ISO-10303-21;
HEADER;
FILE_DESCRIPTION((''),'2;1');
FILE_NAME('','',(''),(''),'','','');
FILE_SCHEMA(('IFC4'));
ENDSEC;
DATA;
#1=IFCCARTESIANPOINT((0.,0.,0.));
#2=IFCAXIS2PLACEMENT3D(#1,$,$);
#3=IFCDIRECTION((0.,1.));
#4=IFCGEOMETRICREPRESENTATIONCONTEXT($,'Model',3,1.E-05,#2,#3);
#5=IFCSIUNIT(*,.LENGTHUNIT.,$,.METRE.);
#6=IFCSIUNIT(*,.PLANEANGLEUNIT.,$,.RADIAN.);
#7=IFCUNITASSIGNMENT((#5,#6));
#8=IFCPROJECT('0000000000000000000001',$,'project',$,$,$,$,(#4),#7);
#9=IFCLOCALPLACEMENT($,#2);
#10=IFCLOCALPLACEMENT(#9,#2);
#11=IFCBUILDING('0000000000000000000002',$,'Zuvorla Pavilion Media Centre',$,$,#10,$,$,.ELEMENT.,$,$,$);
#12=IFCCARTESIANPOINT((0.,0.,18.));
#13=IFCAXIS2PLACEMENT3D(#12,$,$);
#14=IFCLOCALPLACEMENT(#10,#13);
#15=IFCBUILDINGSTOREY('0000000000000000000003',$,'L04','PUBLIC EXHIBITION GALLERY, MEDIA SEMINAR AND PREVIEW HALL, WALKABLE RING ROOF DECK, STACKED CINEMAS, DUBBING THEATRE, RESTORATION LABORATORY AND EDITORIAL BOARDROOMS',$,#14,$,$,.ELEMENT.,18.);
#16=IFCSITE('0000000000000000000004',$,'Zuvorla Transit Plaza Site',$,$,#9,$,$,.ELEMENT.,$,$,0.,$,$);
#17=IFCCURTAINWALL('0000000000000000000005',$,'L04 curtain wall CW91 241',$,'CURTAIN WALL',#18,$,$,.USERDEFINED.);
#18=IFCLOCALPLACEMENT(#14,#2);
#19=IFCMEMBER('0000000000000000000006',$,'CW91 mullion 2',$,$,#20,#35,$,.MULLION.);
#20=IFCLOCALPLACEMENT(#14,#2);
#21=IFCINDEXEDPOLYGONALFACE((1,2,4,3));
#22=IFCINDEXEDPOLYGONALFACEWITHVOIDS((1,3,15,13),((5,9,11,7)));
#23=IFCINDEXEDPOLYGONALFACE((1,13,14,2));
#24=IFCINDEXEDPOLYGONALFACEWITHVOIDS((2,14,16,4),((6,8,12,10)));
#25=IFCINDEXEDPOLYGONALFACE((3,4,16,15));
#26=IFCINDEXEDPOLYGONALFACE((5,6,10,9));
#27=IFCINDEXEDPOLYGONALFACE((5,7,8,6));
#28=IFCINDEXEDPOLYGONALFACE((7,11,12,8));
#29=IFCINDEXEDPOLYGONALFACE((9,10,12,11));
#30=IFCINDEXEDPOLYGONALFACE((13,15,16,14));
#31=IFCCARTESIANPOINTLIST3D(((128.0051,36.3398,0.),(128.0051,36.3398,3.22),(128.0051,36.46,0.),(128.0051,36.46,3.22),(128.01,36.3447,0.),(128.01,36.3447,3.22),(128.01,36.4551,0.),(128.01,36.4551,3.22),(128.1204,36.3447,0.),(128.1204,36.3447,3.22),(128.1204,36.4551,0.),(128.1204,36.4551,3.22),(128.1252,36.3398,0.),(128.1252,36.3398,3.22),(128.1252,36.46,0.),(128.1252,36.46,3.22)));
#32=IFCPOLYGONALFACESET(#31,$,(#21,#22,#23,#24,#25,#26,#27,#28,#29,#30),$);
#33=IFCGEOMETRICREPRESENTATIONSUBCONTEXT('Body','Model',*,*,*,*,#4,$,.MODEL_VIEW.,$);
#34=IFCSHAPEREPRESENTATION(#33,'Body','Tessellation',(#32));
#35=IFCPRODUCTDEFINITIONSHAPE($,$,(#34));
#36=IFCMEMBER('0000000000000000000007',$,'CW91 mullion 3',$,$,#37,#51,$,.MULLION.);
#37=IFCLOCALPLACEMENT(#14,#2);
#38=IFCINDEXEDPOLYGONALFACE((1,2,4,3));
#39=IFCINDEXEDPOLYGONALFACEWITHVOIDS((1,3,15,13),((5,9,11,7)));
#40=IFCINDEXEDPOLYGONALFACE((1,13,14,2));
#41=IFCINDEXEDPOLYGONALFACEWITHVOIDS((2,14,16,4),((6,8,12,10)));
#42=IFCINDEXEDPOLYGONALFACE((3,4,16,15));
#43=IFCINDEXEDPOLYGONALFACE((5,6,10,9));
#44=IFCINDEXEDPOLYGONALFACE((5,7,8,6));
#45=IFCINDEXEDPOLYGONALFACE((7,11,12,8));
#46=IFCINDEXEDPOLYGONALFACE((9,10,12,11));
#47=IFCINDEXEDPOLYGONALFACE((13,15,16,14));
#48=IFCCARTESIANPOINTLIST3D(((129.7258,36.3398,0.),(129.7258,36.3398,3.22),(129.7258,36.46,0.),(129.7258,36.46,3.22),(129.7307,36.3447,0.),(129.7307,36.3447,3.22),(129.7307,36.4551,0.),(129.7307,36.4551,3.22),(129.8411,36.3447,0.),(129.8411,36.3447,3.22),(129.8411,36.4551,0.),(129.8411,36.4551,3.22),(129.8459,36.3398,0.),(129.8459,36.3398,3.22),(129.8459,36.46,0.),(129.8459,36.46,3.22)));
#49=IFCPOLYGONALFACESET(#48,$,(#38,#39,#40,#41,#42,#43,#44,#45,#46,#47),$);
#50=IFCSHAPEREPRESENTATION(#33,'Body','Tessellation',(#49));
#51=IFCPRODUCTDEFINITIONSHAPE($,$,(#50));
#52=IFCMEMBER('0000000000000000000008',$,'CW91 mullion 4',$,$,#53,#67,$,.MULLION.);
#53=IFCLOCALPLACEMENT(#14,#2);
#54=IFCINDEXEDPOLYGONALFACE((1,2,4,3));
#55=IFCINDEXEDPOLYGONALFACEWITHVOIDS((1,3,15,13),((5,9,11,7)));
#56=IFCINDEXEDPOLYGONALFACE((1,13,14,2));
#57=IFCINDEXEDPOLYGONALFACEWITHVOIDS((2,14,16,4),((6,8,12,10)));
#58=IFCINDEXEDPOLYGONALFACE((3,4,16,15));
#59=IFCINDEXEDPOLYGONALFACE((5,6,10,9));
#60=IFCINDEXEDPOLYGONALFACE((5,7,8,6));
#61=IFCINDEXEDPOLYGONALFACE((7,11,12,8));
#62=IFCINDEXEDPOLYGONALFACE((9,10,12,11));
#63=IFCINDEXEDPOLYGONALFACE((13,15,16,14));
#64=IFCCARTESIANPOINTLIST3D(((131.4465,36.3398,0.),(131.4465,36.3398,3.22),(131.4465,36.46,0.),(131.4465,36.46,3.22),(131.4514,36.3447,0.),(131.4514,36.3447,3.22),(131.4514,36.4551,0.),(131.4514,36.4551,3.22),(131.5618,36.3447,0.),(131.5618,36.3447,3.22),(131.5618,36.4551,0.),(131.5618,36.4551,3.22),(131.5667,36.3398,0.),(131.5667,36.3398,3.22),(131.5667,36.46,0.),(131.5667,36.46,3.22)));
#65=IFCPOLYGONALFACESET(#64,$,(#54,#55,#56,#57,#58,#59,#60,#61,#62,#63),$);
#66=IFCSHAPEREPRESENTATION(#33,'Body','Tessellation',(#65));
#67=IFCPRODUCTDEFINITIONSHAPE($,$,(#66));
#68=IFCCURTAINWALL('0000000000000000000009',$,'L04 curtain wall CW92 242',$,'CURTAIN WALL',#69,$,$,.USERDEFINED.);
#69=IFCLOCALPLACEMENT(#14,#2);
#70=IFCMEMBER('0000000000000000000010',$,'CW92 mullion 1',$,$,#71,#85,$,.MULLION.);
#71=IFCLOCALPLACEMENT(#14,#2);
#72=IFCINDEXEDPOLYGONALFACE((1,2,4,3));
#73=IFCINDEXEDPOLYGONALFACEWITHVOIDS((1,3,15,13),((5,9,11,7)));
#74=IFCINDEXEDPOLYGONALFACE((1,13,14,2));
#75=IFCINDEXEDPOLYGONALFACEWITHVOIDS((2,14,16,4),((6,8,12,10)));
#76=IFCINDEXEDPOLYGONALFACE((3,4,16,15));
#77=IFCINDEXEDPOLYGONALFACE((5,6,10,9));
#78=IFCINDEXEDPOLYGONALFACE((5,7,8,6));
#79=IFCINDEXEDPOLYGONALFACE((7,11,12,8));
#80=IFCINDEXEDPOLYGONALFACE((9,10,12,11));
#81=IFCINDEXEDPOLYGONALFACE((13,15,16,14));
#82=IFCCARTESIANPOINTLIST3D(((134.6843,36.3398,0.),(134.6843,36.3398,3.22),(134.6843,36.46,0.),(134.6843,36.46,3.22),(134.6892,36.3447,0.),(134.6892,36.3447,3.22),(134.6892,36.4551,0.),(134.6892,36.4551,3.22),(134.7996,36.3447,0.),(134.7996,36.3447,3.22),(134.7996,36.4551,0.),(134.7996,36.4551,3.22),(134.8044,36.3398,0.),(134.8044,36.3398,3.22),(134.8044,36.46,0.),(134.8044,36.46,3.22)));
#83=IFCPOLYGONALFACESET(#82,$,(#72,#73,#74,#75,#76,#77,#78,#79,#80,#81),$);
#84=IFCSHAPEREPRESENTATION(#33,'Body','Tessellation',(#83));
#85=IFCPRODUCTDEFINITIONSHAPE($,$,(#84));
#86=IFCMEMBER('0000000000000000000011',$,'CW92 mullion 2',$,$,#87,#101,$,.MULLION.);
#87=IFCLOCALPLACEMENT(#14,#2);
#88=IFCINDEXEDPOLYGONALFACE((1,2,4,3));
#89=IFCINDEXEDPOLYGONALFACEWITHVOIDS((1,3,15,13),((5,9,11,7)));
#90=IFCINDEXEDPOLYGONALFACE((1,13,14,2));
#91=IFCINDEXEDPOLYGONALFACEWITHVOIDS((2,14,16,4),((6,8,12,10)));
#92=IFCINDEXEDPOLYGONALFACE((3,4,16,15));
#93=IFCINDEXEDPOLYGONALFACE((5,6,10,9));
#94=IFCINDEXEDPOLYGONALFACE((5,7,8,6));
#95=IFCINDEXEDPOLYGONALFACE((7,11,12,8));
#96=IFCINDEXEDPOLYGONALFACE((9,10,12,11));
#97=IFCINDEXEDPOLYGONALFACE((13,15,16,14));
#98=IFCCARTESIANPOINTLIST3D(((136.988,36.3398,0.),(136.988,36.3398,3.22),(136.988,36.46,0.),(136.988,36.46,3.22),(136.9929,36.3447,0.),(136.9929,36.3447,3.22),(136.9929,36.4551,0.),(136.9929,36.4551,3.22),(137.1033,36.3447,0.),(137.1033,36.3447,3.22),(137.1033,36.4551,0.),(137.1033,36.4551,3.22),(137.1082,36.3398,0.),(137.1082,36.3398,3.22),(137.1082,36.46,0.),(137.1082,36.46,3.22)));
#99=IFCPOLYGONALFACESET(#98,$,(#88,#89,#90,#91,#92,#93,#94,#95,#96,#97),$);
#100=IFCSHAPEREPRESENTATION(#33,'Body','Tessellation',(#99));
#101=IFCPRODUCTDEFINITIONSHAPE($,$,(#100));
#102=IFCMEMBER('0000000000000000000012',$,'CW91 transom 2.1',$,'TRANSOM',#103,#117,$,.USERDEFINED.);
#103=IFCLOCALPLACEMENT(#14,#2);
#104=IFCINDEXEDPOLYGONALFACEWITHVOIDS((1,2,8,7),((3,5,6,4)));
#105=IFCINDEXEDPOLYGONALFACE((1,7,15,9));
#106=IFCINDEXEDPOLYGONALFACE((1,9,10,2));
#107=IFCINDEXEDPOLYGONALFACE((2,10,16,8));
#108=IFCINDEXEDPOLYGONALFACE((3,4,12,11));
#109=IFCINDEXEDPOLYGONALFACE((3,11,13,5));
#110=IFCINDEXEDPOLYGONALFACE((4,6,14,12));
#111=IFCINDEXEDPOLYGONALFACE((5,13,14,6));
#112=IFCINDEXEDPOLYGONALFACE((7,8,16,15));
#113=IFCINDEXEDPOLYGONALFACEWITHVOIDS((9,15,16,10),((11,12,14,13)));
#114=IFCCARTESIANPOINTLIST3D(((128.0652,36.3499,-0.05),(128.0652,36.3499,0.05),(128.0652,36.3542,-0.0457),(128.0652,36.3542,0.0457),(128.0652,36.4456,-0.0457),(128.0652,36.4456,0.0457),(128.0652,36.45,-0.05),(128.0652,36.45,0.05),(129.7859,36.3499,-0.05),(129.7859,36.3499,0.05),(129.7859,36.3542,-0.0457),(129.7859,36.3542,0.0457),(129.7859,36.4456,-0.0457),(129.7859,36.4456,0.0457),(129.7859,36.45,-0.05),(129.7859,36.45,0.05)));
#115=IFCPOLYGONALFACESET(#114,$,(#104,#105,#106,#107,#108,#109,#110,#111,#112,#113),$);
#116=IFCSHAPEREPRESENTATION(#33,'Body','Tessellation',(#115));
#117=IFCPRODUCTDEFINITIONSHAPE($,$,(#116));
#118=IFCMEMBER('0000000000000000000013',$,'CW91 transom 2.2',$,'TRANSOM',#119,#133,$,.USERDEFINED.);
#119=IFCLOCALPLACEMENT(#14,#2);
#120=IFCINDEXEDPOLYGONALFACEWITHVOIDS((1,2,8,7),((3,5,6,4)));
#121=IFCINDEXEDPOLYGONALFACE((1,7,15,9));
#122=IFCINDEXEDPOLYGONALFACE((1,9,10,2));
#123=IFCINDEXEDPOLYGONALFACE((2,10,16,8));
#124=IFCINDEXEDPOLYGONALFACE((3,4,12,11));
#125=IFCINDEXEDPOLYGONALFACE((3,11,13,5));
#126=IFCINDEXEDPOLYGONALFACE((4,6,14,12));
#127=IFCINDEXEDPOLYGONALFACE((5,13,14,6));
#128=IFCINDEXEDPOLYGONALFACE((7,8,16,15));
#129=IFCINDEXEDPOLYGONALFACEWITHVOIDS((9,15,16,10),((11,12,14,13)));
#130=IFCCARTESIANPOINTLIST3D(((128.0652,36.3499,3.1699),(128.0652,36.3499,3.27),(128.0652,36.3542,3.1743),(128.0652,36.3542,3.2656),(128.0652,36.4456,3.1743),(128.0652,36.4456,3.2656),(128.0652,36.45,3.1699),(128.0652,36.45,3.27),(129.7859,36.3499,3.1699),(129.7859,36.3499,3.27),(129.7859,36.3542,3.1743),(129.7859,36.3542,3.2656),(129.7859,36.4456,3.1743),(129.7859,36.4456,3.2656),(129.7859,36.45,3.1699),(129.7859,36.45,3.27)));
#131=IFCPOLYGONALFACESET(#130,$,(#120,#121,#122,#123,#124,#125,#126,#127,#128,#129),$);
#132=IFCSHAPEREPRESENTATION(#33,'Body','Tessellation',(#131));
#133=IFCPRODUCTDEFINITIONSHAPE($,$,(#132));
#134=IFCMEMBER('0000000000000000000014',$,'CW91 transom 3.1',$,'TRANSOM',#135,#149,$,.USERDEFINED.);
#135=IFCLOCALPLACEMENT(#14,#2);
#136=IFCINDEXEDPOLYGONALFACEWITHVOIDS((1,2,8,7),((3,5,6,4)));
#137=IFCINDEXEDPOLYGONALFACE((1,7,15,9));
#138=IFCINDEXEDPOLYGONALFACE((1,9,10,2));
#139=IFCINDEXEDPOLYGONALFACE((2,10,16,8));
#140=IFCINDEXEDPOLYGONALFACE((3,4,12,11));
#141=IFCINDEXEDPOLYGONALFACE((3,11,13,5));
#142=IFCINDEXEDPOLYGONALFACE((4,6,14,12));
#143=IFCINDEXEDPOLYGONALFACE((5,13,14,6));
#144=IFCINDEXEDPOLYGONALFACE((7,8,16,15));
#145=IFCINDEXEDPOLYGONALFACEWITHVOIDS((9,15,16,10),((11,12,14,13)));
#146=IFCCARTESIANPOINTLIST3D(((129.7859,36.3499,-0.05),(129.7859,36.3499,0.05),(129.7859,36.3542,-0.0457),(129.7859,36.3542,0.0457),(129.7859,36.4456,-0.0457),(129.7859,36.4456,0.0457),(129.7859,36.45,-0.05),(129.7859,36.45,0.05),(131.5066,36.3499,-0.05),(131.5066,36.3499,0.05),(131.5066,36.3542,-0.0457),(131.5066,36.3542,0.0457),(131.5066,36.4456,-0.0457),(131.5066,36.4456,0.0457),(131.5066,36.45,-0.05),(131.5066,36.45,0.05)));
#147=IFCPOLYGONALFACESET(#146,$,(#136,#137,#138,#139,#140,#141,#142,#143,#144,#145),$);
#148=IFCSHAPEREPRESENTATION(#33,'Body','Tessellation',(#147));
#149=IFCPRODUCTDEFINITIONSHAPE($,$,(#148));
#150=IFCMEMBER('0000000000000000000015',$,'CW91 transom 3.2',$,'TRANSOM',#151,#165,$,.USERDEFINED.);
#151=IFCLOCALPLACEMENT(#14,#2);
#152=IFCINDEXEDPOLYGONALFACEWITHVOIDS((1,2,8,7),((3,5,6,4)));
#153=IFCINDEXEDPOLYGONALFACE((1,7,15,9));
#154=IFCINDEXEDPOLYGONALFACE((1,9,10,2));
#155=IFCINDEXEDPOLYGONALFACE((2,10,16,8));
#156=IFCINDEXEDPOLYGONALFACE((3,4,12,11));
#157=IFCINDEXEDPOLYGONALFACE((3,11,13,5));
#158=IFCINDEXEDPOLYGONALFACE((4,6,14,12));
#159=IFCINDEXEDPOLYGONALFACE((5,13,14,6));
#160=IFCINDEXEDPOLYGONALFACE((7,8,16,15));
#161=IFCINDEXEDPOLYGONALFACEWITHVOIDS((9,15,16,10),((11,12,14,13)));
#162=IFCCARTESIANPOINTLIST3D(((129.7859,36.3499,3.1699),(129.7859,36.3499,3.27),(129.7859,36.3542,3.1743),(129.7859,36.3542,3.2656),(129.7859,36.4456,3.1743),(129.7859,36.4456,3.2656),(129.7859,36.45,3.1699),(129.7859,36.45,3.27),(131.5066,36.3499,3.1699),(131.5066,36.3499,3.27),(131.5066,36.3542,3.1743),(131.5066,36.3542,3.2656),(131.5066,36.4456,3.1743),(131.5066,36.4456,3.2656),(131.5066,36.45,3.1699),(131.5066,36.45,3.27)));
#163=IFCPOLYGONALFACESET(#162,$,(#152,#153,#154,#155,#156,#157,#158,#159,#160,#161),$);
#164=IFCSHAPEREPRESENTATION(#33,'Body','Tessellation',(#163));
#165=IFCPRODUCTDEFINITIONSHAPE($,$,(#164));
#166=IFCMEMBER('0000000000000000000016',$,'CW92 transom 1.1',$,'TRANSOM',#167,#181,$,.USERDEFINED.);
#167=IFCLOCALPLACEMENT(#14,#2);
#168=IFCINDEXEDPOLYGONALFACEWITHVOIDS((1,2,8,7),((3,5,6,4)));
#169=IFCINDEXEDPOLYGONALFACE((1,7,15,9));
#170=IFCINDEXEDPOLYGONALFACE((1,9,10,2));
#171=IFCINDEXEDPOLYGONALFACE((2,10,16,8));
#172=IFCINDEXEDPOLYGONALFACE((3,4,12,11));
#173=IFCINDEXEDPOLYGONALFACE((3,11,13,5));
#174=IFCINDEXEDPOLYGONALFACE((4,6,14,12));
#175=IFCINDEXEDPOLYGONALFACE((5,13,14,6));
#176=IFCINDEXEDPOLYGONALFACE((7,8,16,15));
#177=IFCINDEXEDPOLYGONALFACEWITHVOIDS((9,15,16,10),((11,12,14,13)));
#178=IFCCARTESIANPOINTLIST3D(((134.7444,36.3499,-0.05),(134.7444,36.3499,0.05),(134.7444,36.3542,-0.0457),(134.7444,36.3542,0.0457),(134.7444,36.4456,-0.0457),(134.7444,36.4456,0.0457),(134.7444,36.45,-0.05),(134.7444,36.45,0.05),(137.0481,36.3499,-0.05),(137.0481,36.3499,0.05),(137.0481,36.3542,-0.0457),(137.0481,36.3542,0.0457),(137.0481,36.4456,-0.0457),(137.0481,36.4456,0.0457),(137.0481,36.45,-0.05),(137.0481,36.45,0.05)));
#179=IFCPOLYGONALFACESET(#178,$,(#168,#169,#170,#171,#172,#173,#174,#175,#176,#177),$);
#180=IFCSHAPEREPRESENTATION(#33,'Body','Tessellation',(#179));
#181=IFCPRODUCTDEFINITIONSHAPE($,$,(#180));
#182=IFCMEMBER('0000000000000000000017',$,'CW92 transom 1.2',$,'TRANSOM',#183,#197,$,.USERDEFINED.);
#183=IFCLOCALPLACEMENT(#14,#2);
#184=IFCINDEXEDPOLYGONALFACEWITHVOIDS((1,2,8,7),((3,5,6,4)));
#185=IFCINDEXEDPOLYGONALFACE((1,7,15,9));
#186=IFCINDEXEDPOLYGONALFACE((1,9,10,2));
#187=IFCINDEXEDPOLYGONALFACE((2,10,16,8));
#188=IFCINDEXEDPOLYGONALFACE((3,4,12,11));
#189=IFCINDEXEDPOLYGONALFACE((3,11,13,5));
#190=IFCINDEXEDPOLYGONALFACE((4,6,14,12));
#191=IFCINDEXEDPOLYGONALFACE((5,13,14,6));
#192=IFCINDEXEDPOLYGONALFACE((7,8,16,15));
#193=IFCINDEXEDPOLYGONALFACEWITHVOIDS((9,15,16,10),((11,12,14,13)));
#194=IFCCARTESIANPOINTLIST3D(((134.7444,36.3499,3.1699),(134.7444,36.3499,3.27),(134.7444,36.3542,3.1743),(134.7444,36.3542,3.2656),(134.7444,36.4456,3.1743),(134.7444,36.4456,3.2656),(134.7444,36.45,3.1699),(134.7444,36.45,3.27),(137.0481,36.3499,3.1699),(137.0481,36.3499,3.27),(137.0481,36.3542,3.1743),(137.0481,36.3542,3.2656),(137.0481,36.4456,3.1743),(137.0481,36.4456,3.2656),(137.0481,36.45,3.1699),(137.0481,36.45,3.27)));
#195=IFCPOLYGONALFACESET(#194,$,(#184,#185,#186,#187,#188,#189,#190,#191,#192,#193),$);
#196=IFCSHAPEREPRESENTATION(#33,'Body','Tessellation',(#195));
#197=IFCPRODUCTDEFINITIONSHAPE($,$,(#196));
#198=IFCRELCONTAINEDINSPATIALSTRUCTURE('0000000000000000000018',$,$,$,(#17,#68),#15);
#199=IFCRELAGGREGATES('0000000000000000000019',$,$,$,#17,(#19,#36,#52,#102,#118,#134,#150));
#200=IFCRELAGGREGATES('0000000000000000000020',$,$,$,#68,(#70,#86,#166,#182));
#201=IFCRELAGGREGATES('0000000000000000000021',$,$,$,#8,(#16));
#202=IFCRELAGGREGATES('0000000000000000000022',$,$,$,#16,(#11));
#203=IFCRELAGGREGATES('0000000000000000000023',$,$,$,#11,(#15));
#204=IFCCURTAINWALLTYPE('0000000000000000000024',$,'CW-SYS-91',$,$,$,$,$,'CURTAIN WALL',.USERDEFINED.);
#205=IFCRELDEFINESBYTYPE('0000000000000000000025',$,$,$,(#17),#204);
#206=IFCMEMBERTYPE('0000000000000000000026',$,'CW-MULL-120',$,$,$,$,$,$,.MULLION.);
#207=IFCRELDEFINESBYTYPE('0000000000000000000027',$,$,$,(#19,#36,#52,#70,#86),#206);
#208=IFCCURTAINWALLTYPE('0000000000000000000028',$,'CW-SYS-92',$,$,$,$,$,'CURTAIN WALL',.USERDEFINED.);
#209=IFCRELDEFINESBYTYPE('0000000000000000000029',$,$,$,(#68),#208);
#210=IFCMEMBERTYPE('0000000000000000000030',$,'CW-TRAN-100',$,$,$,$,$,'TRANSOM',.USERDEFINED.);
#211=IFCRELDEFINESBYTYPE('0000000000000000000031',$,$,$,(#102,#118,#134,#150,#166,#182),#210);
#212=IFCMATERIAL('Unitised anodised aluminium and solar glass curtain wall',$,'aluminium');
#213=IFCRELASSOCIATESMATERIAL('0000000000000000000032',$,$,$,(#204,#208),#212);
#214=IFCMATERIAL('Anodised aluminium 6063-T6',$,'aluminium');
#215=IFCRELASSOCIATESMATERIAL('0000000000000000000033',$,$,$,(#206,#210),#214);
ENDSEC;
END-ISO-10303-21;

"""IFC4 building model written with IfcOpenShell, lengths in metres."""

from ifc_helpers import new_model, si_unit, direction, frame, origin, origin_2d, place, context, subcontext, project, spatial, hollow_rectangle, extrude, material, material_profile, profile_set, type_object, element, aggregate, save


model = new_model("IFC4")

# Units and contexts
model_context = context("Model", 3, precision=1e-05, world=origin(), true_north=direction((0.0, 1.0)))
body_context = subcontext(model_context, "Body", "Model", "MODEL_VIEW")
ifc_project = project(units=[si_unit("LENGTHUNIT", "METRE"), si_unit("PLANEANGLEUNIT", "RADIAN")], contexts=[model_context])

# Site, building, storey
site_placement = place(None, origin())
site = spatial("IfcSite", under=ifc_project, at=site_placement, Name="Zuvorla Transit Plaza Site", CompositionType="ELEMENT", RefElevation=0.0)
building_placement = place(site_placement, origin())
building = spatial("IfcBuilding", under=site, at=building_placement, Name="Zuvorla Pavilion Media Centre", CompositionType="ELEMENT")
storey_placement = place(building_placement, frame((0.0, 0.0, 18.0)))
storey = spatial("IfcBuildingStorey", under=building, at=storey_placement, Name="L04", Description="PUBLIC EXHIBITION GALLERY, MEDIA SEMINAR AND PREVIEW HALL, WALKABLE RING ROOF DECK, STACKED CINEMAS, DUBBING THEATRE, RESTORATION LABORATORY AND EDITORIAL BOARDROOMS", CompositionType="ELEMENT", Elevation=18.0)

# Curtain walls, members
ifc_material_1 = material(Name="Unitised anodised aluminium and solar glass curtain wall", Category="aluminium")
curtain_wall_type_1 = type_object("IfcCurtainWallType", Name="CW-SYS-91", ElementType="CURTAIN WALL", PredefinedType="USERDEFINED", material=ifc_material_1)
curtain_wall_1_placement = place(storey_placement, origin())
curtain_wall_1 = element("IfcCurtainWall", 1, at=curtain_wall_1_placement, inside=storey, type_object=curtain_wall_type_1, Name="L04 curtain wall CW91 241", ObjectType="CURTAIN WALL", PredefinedType="USERDEFINED")
ifc_material_2 = material(Name="Anodised aluminium 6063-T6", Category="aluminium")
ifc_material_profile_1 = material_profile(ifc_material_2, hollow_rectangle(XDim=0.1201, YDim=0.1201, WallThickness=0.0049, at=origin_2d()), Name="ALU MULL 120x120")
ifc_profile_set_1 = profile_set([ifc_material_profile_1], Name="Anodised aluminium 6063-T6")
member_type_1 = type_object("IfcMemberType", Name="CW-MULL-120", PredefinedType="MULLION", material=ifc_profile_set_1)
member_1_placement = place(storey_placement, frame((128.0652, 36.3999, 0.0), z_axis=(0.0, 0.0, 1.0), x_axis=(1.0, 0.0, 0.0)))
member_1 = element("IfcMember", 2, at=member_1_placement, type_object=member_type_1, Name="CW91 mullion 2", PredefinedType="MULLION", context=body_context, shape_type="SweptSolid", body=[
    extrude(hollow_rectangle(XDim=0.1201, YDim=0.1201, WallThickness=0.0049, at=origin_2d()), origin(), (0.0, 0.0, 1.0), 3.22),
])
member_2_placement = place(storey_placement, frame((129.7859, 36.3999, 0.0), z_axis=(0.0, 0.0, 1.0), x_axis=(1.0, 0.0, 0.0)))
member_2 = element("IfcMember", 3, at=member_2_placement, type_object=member_type_1, Name="CW91 mullion 3", PredefinedType="MULLION", context=body_context, shape_type="SweptSolid", body=[
    extrude(hollow_rectangle(XDim=0.1201, YDim=0.1201, WallThickness=0.0049, at=origin_2d()), origin(), (0.0, 0.0, 1.0), 3.22),
])
member_3_placement = place(storey_placement, frame((131.5066, 36.3999, 0.0), z_axis=(0.0, 0.0, 1.0), x_axis=(1.0, 0.0, 0.0)))
member_3 = element("IfcMember", 4, at=member_3_placement, type_object=member_type_1, Name="CW91 mullion 4", PredefinedType="MULLION", context=body_context, shape_type="SweptSolid", body=[
    extrude(hollow_rectangle(XDim=0.1201, YDim=0.1201, WallThickness=0.0049, at=origin_2d()), origin(), (0.0, 0.0, 1.0), 3.22),
])
curtain_wall_type_2 = type_object("IfcCurtainWallType", Name="CW-SYS-92", ElementType="CURTAIN WALL", PredefinedType="USERDEFINED", material=ifc_material_1)
curtain_wall_2_placement = place(storey_placement, origin())
curtain_wall_2 = element("IfcCurtainWall", 5, at=curtain_wall_2_placement, inside=storey, type_object=curtain_wall_type_2, Name="L04 curtain wall CW92 242", ObjectType="CURTAIN WALL", PredefinedType="USERDEFINED")
member_4_placement = place(storey_placement, frame((134.7444, 36.3999, 0.0), z_axis=(0.0, 0.0, 1.0), x_axis=(1.0, 0.0, 0.0)))
member_4 = element("IfcMember", 6, at=member_4_placement, type_object=member_type_1, Name="CW92 mullion 1", PredefinedType="MULLION", context=body_context, shape_type="SweptSolid", body=[
    extrude(hollow_rectangle(XDim=0.1201, YDim=0.1201, WallThickness=0.0049, at=origin_2d()), origin(), (0.0, 0.0, 1.0), 3.22),
])
member_5_placement = place(storey_placement, frame((137.0481, 36.3999, 0.0), z_axis=(0.0, 0.0, 1.0), x_axis=(1.0, 0.0, 0.0)))
member_5 = element("IfcMember", 7, at=member_5_placement, type_object=member_type_1, Name="CW92 mullion 2", PredefinedType="MULLION", context=body_context, shape_type="SweptSolid", body=[
    extrude(hollow_rectangle(XDim=0.1201, YDim=0.1201, WallThickness=0.0049, at=origin_2d()), origin(), (0.0, 0.0, 1.0), 3.22),
])

# Members
ifc_material_profile_2 = material_profile(ifc_material_2, hollow_rectangle(XDim=0.1001, YDim=0.1001, WallThickness=0.0044, at=origin_2d()), Name="ALU TRAN 100x100")
ifc_profile_set_2 = profile_set([ifc_material_profile_2], Name="Anodised aluminium 6063-T6")
member_type_2 = type_object("IfcMemberType", Name="CW-TRAN-100", ElementType="TRANSOM", PredefinedType="USERDEFINED", material=ifc_profile_set_2)
member_6_placement = place(storey_placement, frame((128.0652, 36.3999, 0.0), z_axis=(1.0, 0.0, 0.0), x_axis=(0.0, 1.0, 0.0)))
member_6 = element("IfcMember", 8, at=member_6_placement, type_object=member_type_2, Name="CW91 transom 2.1", ObjectType="TRANSOM", PredefinedType="USERDEFINED", context=body_context, shape_type="SweptSolid", body=[
    extrude(hollow_rectangle(XDim=0.1001, YDim=0.1001, WallThickness=0.0044, at=origin_2d()), origin(), (0.0, 0.0, 1.0), 1.7207),
])
member_7_placement = place(storey_placement, frame((128.0652, 36.3999, 3.22), z_axis=(1.0, 0.0, 0.0), x_axis=(0.0, 1.0, 0.0)))
member_7 = element("IfcMember", 9, at=member_7_placement, type_object=member_type_2, Name="CW91 transom 2.2", ObjectType="TRANSOM", PredefinedType="USERDEFINED", context=body_context, shape_type="SweptSolid", body=[
    extrude(hollow_rectangle(XDim=0.1001, YDim=0.1001, WallThickness=0.0044, at=origin_2d()), origin(), (0.0, 0.0, 1.0), 1.7207),
])
member_8_placement = place(storey_placement, frame((129.7859, 36.3999, 0.0), z_axis=(1.0, 0.0, 0.0), x_axis=(0.0, 1.0, 0.0)))
member_8 = element("IfcMember", 10, at=member_8_placement, type_object=member_type_2, Name="CW91 transom 3.1", ObjectType="TRANSOM", PredefinedType="USERDEFINED", context=body_context, shape_type="SweptSolid", body=[
    extrude(hollow_rectangle(XDim=0.1001, YDim=0.1001, WallThickness=0.0044, at=origin_2d()), origin(), (0.0, 0.0, 1.0), 1.7207),
])
member_9_placement = place(storey_placement, frame((129.7859, 36.3999, 3.22), z_axis=(1.0, 0.0, 0.0), x_axis=(0.0, 1.0, 0.0)))
member_9 = element("IfcMember", 11, at=member_9_placement, type_object=member_type_2, Name="CW91 transom 3.2", ObjectType="TRANSOM", PredefinedType="USERDEFINED", context=body_context, shape_type="SweptSolid", body=[
    extrude(hollow_rectangle(XDim=0.1001, YDim=0.1001, WallThickness=0.0044, at=origin_2d()), origin(), (0.0, 0.0, 1.0), 1.7207),
])
member_10_placement = place(storey_placement, frame((134.7444, 36.3999, 0.0), z_axis=(1.0, 0.0, 0.0), x_axis=(0.0, 1.0, 0.0)))
member_10 = element("IfcMember", 12, at=member_10_placement, type_object=member_type_2, Name="CW92 transom 1.1", ObjectType="TRANSOM", PredefinedType="USERDEFINED", context=body_context, shape_type="SweptSolid", body=[
    extrude(hollow_rectangle(XDim=0.1001, YDim=0.1001, WallThickness=0.0044, at=origin_2d()), origin(), (0.0, 0.0, 1.0), 2.3037),
])
member_11_placement = place(storey_placement, frame((134.7444, 36.3999, 3.22), z_axis=(1.0, 0.0, 0.0), x_axis=(0.0, 1.0, 0.0)))
member_11 = element("IfcMember", 13, at=member_11_placement, type_object=member_type_2, Name="CW92 transom 1.2", ObjectType="TRANSOM", PredefinedType="USERDEFINED", context=body_context, shape_type="SweptSolid", body=[
    extrude(hollow_rectangle(XDim=0.1001, YDim=0.1001, WallThickness=0.0044, at=origin_2d()), origin(), (0.0, 0.0, 1.0), 2.3037),
])

aggregate(curtain_wall_1, [member_1, member_2, member_3, member_6, member_7, member_8, member_9])
aggregate(curtain_wall_2, [member_4, member_5, member_10, member_11])

save(model, "model.ifc")
